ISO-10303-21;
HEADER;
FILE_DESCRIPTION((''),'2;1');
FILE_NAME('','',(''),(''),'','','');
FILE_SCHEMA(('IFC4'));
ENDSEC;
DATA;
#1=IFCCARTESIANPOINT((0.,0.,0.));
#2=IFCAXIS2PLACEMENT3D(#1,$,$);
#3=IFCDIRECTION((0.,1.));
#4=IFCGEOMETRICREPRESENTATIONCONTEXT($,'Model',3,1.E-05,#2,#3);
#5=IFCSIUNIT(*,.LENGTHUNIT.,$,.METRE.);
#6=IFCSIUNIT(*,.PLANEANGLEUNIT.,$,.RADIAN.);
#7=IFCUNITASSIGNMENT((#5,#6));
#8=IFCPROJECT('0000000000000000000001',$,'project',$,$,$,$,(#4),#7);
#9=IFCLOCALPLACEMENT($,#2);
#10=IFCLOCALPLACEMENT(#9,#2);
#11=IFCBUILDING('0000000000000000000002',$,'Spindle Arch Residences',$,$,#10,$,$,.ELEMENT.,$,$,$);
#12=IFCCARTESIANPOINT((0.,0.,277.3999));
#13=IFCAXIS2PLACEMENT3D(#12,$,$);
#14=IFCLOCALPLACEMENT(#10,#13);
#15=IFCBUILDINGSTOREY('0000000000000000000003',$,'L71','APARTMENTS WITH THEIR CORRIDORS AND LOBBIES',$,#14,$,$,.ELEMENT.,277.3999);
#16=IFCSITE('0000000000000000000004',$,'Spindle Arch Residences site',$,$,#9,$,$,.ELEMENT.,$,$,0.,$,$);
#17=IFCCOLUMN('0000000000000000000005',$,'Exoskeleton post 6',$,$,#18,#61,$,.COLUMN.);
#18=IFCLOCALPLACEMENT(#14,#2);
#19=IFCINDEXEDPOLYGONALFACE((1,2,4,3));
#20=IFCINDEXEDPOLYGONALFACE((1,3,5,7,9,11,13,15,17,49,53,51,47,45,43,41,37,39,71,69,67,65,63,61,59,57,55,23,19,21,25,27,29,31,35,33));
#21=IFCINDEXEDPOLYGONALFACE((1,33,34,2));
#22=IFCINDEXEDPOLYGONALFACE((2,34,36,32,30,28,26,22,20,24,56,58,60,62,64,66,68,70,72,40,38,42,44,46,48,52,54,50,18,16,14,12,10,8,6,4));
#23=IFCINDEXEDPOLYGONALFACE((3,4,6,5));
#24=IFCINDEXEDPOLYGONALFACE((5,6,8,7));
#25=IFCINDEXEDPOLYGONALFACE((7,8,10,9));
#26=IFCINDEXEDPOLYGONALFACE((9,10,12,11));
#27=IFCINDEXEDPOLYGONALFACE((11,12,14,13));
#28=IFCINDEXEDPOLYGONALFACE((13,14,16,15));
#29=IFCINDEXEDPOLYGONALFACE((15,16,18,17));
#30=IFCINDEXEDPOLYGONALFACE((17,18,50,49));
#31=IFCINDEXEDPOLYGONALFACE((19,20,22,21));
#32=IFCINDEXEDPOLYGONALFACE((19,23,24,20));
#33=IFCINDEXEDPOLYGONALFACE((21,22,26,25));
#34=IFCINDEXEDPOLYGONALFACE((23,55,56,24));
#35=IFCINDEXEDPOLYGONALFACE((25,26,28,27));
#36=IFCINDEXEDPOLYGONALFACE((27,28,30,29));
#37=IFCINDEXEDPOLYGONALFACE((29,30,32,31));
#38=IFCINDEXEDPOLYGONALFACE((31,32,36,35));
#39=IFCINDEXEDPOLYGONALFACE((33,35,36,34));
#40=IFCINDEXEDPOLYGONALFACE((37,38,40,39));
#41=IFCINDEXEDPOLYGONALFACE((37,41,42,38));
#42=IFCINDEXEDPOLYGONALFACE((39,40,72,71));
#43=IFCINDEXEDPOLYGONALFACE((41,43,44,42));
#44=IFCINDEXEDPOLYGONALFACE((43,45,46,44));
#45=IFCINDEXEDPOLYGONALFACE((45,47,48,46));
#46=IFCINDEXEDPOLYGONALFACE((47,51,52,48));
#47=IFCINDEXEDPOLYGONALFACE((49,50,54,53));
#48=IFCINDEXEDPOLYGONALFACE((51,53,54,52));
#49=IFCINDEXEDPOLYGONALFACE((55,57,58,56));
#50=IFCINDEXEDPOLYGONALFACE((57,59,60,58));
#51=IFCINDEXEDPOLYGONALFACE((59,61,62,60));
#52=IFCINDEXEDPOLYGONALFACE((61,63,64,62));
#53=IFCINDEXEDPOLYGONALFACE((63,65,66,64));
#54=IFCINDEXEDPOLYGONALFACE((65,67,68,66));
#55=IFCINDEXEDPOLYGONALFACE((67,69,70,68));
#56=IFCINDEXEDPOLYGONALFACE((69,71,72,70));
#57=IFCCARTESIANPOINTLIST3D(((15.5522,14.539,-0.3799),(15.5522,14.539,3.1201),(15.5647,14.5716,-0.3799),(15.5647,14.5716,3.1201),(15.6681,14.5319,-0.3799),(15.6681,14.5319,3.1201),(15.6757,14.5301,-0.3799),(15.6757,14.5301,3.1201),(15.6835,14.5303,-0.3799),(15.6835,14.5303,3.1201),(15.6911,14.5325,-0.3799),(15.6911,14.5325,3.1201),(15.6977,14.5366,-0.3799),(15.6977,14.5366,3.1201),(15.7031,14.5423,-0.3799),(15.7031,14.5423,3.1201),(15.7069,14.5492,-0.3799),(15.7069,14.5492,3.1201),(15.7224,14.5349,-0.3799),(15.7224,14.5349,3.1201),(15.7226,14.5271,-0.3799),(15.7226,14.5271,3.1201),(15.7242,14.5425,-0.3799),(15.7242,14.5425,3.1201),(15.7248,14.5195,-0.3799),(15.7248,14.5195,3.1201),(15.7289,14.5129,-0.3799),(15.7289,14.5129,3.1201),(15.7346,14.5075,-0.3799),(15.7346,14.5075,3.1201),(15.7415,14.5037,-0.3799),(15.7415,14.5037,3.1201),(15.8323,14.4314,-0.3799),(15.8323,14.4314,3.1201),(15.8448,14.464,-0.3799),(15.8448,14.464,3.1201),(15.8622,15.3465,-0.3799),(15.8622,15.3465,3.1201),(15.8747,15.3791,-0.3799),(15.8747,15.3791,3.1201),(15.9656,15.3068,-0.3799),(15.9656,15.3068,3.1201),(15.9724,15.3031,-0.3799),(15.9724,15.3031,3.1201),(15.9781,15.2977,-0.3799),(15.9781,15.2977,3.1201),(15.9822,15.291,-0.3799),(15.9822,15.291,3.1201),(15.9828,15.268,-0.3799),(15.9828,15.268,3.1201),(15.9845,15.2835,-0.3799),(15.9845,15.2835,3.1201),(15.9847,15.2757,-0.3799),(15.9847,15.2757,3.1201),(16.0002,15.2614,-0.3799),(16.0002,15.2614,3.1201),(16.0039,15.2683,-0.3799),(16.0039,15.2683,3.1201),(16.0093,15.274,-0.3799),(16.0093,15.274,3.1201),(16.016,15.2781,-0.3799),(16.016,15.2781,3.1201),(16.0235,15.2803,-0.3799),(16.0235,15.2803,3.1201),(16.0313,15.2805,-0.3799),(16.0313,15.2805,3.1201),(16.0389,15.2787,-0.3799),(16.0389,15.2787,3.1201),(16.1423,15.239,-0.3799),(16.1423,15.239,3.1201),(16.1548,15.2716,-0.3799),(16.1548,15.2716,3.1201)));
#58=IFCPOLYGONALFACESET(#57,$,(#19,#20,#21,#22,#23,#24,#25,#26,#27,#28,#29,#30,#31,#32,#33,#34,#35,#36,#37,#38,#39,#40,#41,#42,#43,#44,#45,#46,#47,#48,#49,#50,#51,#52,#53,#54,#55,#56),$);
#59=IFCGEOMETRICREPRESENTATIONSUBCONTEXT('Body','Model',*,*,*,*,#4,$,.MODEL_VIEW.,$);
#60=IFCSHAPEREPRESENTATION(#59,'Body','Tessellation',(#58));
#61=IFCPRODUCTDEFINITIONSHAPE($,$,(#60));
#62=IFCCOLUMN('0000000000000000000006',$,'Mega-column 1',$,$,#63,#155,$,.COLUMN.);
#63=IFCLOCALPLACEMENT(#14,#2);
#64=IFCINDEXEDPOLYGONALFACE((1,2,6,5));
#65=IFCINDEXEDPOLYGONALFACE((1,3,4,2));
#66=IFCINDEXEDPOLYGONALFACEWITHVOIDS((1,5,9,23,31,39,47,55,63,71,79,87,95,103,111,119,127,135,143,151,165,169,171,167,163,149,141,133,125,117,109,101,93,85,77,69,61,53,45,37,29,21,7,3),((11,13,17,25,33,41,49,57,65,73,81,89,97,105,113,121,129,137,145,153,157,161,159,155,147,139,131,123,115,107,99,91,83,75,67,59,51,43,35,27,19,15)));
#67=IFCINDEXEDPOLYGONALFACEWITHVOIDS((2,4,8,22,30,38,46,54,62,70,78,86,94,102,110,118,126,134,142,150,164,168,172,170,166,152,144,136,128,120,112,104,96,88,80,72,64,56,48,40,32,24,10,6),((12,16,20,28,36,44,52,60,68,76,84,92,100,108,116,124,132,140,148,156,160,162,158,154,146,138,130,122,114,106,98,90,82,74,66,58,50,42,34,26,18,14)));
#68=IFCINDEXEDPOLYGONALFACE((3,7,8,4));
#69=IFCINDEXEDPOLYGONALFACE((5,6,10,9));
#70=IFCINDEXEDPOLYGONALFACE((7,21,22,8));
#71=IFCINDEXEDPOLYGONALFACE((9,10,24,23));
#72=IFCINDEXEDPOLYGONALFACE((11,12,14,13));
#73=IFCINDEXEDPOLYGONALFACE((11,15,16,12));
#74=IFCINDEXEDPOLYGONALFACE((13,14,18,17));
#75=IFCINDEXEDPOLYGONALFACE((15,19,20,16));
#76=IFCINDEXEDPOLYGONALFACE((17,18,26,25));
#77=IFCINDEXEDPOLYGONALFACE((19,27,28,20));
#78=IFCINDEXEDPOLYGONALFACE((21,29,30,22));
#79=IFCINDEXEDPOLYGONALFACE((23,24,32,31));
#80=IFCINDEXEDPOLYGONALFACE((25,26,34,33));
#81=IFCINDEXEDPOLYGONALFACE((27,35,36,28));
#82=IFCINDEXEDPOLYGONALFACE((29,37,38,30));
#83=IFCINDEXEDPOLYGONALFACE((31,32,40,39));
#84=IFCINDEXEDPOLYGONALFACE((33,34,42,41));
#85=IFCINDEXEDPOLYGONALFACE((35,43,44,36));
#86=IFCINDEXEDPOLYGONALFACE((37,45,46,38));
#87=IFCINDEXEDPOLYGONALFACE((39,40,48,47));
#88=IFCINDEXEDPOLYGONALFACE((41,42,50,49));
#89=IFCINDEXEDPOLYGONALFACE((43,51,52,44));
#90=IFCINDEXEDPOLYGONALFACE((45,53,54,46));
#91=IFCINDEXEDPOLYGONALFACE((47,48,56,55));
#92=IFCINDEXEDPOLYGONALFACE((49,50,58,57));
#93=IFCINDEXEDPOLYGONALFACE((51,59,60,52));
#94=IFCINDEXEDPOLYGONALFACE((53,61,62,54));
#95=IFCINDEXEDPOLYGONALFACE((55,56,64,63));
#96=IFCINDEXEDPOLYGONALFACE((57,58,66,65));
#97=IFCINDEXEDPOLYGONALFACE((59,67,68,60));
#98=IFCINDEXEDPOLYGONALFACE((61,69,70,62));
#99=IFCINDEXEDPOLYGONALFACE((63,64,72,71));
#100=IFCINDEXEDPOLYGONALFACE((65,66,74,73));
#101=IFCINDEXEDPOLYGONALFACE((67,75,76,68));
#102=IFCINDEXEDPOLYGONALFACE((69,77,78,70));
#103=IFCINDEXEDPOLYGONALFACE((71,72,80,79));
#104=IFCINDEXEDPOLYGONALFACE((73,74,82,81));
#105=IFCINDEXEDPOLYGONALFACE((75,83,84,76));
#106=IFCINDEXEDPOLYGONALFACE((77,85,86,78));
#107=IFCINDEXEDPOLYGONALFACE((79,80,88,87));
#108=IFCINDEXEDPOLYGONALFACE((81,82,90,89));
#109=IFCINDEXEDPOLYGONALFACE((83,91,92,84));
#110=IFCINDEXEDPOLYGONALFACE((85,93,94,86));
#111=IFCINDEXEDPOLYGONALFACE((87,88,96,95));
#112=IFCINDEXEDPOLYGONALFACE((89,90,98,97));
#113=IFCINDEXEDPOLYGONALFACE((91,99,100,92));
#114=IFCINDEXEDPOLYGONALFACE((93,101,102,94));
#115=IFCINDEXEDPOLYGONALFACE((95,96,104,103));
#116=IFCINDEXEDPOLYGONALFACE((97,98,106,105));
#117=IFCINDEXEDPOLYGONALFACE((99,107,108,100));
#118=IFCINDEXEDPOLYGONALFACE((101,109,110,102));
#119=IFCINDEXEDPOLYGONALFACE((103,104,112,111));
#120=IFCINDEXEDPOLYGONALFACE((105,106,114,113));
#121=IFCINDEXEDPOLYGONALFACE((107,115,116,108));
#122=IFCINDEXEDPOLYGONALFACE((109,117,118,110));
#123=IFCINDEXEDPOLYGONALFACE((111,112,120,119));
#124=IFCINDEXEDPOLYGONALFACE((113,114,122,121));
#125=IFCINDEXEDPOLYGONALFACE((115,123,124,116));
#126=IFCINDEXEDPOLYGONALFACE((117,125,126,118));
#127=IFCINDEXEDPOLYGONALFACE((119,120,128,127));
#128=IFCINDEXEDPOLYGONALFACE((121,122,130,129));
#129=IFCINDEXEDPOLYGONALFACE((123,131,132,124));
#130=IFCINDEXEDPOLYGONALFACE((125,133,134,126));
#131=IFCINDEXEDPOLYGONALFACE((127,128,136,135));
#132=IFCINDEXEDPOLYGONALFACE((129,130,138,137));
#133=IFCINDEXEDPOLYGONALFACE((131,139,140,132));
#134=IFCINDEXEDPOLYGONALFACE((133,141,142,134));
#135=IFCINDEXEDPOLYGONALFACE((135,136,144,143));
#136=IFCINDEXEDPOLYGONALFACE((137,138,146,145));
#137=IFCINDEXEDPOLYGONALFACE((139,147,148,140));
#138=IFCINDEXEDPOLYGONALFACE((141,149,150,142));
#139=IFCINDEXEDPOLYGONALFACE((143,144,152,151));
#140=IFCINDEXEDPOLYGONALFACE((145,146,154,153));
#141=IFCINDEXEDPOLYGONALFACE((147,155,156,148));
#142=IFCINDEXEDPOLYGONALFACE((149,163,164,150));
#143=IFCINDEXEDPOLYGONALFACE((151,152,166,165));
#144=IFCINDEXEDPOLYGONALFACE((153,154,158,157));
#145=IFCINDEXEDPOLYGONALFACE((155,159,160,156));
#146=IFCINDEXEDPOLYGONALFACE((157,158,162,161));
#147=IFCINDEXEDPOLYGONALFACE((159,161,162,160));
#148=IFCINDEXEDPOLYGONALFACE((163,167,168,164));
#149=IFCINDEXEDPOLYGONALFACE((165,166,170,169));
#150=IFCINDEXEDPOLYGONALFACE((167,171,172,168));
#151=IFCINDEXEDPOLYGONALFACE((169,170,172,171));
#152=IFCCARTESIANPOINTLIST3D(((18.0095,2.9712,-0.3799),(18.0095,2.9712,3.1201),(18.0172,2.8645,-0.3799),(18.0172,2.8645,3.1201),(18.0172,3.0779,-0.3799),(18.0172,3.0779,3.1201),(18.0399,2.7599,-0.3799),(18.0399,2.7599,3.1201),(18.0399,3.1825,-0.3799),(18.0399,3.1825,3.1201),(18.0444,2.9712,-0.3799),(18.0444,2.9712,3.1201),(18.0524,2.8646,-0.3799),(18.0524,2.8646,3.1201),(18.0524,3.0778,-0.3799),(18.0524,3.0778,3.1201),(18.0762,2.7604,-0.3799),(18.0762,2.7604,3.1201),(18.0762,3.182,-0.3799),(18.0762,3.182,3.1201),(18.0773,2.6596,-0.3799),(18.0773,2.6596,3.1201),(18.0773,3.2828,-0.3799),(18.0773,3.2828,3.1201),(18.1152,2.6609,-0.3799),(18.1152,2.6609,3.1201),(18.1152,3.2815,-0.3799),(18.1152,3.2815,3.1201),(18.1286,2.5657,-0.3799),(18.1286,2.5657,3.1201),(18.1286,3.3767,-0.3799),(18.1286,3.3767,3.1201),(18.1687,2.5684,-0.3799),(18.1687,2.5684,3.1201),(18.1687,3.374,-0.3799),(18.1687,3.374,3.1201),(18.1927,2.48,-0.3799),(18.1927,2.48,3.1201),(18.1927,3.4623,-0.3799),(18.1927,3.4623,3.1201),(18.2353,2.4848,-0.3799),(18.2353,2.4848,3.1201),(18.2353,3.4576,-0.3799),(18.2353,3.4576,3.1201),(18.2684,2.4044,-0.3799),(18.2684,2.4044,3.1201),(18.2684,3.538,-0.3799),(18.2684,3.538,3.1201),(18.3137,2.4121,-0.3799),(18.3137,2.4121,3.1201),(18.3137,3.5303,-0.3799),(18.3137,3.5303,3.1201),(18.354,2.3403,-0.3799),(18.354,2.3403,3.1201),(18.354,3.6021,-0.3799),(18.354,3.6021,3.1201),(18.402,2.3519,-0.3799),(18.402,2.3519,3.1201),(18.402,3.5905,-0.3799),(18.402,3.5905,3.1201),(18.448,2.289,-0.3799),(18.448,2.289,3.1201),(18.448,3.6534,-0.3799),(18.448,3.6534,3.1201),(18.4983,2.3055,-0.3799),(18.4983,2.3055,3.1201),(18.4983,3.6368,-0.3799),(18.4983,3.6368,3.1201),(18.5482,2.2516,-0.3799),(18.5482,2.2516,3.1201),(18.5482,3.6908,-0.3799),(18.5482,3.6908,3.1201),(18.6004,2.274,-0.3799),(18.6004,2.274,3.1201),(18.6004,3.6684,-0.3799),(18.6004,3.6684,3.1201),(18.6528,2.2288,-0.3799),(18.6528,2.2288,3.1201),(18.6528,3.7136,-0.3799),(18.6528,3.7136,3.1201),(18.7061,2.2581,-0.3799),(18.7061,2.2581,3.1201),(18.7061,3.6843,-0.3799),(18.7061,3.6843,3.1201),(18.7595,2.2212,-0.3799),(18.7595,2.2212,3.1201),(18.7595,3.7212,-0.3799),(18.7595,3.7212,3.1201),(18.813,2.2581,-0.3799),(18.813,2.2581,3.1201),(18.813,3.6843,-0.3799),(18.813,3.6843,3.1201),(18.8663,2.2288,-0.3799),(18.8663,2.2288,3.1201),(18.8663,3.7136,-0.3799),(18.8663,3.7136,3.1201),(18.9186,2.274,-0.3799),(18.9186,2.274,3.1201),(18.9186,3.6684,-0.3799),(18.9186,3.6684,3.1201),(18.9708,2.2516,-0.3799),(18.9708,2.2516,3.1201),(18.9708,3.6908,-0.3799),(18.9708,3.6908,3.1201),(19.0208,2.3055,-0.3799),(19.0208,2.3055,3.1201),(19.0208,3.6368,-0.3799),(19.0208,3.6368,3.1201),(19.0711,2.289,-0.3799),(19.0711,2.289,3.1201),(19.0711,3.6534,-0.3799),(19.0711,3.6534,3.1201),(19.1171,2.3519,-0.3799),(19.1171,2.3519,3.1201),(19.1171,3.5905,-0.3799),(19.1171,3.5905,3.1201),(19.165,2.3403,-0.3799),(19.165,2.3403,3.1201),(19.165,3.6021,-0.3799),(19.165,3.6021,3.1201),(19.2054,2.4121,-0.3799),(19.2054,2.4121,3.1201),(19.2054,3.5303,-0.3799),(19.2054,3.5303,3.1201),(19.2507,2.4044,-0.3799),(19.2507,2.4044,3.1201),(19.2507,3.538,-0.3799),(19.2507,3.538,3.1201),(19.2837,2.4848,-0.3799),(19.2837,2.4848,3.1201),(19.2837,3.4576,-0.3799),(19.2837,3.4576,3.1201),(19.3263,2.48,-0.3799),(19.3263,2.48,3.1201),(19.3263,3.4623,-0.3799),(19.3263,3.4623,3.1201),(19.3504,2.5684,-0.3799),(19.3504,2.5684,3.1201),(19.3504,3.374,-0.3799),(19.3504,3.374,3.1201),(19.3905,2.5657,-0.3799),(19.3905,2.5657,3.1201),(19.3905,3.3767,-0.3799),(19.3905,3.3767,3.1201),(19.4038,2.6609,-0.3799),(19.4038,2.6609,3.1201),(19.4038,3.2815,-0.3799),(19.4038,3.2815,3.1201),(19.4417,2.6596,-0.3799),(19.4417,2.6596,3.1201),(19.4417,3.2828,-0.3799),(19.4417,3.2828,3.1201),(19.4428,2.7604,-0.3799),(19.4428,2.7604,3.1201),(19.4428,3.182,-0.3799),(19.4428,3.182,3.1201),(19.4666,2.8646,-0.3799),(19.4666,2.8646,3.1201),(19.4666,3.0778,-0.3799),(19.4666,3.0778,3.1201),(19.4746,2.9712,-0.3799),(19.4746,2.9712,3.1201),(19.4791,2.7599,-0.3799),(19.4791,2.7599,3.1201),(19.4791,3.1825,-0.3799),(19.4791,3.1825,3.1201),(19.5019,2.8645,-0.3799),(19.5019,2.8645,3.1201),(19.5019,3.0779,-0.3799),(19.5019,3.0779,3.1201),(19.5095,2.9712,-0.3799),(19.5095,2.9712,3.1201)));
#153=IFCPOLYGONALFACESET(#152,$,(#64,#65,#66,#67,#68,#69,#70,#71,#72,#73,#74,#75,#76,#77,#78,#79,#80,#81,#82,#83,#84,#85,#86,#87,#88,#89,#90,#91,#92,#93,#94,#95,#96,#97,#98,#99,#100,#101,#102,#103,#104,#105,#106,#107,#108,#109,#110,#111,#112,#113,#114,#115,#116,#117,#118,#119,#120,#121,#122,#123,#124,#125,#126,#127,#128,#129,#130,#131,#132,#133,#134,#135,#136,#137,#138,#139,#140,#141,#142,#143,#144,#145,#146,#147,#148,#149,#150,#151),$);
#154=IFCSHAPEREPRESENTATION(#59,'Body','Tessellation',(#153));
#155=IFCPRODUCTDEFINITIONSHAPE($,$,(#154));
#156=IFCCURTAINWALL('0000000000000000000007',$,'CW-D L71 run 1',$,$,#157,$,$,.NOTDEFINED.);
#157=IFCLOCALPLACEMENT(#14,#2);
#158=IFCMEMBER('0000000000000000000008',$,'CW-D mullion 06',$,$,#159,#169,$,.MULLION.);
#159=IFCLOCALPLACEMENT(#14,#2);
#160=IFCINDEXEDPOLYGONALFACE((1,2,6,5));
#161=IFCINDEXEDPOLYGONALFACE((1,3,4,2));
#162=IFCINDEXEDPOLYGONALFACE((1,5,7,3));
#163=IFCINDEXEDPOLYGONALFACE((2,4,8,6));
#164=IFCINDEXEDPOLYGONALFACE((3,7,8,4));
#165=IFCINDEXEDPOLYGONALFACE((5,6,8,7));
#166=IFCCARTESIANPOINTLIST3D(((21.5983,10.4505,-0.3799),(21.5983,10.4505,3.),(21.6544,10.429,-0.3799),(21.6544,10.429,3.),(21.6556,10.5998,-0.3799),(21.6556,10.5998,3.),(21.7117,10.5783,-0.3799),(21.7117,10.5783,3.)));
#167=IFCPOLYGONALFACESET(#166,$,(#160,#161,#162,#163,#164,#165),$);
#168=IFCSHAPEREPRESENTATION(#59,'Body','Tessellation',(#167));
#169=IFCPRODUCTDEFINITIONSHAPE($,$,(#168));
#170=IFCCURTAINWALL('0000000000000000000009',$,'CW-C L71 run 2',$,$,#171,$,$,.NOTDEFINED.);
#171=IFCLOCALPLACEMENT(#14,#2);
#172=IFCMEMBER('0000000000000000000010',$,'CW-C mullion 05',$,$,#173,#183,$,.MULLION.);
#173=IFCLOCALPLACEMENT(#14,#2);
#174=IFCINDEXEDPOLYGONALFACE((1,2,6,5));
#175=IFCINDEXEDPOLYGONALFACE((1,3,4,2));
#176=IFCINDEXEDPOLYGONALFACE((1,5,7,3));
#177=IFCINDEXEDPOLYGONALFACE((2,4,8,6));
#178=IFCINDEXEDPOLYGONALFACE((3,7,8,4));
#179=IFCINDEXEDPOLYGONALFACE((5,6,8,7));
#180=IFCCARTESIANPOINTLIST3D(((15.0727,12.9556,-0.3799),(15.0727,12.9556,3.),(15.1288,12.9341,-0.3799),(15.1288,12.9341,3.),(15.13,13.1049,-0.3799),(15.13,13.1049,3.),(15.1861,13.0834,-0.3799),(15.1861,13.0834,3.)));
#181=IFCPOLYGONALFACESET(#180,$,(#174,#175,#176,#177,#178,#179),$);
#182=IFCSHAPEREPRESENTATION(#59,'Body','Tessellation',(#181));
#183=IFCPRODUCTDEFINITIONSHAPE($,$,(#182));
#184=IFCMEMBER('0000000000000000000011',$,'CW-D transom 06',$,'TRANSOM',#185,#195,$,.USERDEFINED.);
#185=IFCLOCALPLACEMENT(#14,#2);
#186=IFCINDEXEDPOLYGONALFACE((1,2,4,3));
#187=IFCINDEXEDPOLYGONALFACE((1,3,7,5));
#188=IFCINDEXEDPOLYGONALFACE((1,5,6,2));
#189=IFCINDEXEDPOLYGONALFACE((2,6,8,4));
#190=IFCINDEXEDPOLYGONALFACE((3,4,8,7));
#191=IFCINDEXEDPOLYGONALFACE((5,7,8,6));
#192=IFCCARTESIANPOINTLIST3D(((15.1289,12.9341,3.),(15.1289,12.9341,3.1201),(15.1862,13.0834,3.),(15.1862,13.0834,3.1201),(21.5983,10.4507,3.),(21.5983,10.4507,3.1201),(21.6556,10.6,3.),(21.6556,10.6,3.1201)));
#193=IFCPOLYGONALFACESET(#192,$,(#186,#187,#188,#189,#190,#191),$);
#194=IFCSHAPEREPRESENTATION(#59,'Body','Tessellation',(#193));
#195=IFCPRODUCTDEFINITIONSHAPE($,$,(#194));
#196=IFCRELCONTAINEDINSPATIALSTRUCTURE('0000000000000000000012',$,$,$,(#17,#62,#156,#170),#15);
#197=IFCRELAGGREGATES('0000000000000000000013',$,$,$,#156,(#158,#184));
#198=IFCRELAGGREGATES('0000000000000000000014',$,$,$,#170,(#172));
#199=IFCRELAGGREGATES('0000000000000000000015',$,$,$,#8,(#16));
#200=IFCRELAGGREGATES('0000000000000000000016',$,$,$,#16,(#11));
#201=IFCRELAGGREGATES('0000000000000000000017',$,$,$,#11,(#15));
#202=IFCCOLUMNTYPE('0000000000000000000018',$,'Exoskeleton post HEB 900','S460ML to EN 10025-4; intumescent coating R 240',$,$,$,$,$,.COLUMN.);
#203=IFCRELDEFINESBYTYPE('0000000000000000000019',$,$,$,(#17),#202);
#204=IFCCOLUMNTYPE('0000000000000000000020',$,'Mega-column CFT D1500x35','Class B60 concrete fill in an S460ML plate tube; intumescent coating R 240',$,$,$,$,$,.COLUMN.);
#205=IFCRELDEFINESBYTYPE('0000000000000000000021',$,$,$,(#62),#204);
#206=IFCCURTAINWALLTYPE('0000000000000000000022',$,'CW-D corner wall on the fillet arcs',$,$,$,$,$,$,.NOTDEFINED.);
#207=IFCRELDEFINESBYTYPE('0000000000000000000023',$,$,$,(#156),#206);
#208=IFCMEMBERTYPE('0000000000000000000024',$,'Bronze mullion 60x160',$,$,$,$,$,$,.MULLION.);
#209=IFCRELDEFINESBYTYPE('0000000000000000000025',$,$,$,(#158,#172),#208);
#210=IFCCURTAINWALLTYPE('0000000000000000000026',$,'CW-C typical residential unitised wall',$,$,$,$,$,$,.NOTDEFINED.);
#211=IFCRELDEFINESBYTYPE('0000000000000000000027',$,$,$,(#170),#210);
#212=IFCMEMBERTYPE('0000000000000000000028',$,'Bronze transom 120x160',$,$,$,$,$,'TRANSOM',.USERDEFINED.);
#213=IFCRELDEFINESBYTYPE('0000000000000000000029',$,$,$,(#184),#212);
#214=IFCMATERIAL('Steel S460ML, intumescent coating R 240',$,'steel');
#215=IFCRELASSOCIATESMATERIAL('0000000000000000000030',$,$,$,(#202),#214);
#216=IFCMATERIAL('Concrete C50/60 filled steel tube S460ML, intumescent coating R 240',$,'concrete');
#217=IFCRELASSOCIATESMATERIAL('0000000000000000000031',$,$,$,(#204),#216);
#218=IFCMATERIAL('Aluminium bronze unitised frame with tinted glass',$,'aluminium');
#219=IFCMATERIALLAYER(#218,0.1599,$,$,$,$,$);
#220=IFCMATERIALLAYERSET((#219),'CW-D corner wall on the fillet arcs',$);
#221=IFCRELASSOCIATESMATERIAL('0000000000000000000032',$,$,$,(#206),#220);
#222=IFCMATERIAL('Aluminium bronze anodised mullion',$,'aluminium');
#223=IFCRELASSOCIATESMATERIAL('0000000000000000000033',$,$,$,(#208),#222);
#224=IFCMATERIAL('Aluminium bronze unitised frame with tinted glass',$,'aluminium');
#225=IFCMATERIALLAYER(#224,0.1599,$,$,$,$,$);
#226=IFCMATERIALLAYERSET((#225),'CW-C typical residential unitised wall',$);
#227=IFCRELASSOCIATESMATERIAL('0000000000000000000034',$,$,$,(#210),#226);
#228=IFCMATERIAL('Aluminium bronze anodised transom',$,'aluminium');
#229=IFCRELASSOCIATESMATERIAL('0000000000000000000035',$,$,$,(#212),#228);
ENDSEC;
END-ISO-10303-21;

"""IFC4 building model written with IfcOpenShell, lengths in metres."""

from ifc_helpers import new_model, si_unit, direction, frame, origin, origin_2d, place, context, subcontext, project, spatial, rectangle, hollow_circle, i_section, extrude, material, layer, layer_set, material_profile, profile_set, type_object, element, aggregate, save


model = new_model("IFC4")

# Units and contexts
model_context = context("Model", 3, precision=1e-05, world=origin(), true_north=direction((0.0, 1.0)))
body_context = subcontext(model_context, "Body", "Model", "MODEL_VIEW")
ifc_project = project(units=[si_unit("LENGTHUNIT", "METRE"), si_unit("PLANEANGLEUNIT", "RADIAN")], contexts=[model_context])

# Site, building, storey
site_placement = place(None, origin())
site = spatial("IfcSite", under=ifc_project, at=site_placement, Name="Spindle Arch Residences site", CompositionType="ELEMENT", RefElevation=0.0)
building_placement = place(site_placement, origin())
building = spatial("IfcBuilding", under=site, at=building_placement, Name="Spindle Arch Residences", CompositionType="ELEMENT")
storey_placement = place(building_placement, frame((0.0, 0.0, 277.3999)))
storey = spatial("IfcBuildingStorey", under=building, at=storey_placement, Name="L71", Description="APARTMENTS WITH THEIR CORRIDORS AND LOBBIES", CompositionType="ELEMENT", Elevation=277.3999)

# Columns
ifc_material_1 = material(Name="Steel S460ML, intumescent coating R 240", Category="steel")
ifc_material_profile_1 = material_profile(ifc_material_1, i_section(OverallWidth=0.3, OverallDepth=0.8999, WebThickness=0.0186, FlangeThickness=0.0349, FilletRadius=0.03, at=origin_2d()), Name="HEB 900")
ifc_profile_set_1 = profile_set([ifc_material_profile_1], Name="Steel S460ML, intumescent coating R 240")
column_type_1 = type_object("IfcColumnType", Name="Exoskeleton post HEB 900", Description="S460ML to EN 10025-4; intumescent coating R 240", PredefinedType="COLUMN", material=ifc_profile_set_1)
column_1_placement = place(storey_placement, frame((15.8535, 14.9053, -0.3799), z_axis=(0.0, 0.0, 1.0), x_axis=(0.93358, -0.358368, 0.0)))
element("IfcColumn", 1, at=column_1_placement, inside=storey, type_object=column_type_1, Name="Exoskeleton post 6", PredefinedType="COLUMN", context=body_context, shape_type="SweptSolid", body=[
    extrude(i_section(OverallWidth=0.3, OverallDepth=0.8999, WebThickness=0.0186, FlangeThickness=0.0349, FilletRadius=0.03, at=origin_2d()), origin(), (0.0, 0.0, 1.0), 3.5),
])
ifc_material_2 = material(Name="Concrete C50/60 filled steel tube S460ML, intumescent coating R 240", Category="concrete")
ifc_material_profile_2 = material_profile(ifc_material_2, hollow_circle(Radius=0.75, WallThickness=0.0349, at=origin_2d()), Name="CFT D1500x35")
ifc_profile_set_2 = profile_set([ifc_material_profile_2], Name="Concrete C50/60 filled steel tube S460ML, intumescent coating R 240")
column_type_2 = type_object("IfcColumnType", Name="Mega-column CFT D1500x35", Description="Class B60 concrete fill in an S460ML plate tube; intumescent coating R 240", PredefinedType="COLUMN", material=ifc_profile_set_2)
column_2_placement = place(storey_placement, frame((18.7595, 2.9712, -0.3799), z_axis=(0.0, 0.0, 1.0), x_axis=(1.0, 0.0, 0.0)))
element("IfcColumn", 2, at=column_2_placement, inside=storey, type_object=column_type_2, Name="Mega-column 1", PredefinedType="COLUMN", context=body_context, shape_type="SweptSolid", body=[
    extrude(hollow_circle(Radius=0.75, WallThickness=0.0349, at=origin_2d()), origin(), (0.0, 0.0, 1.0), 3.5),
])

# Curtain walls, members
ifc_material_3 = material(Name="Aluminium bronze unitised frame with tinted glass", Category="aluminium")
ifc_layer_1 = layer(ifc_material_3, 0.1599)
ifc_layer_set_1 = layer_set([ifc_layer_1], Name="CW-D corner wall on the fillet arcs")
curtain_wall_type_1 = type_object("IfcCurtainWallType", Name="CW-D corner wall on the fillet arcs", PredefinedType="NOTDEFINED", material=ifc_layer_set_1)
curtain_wall_1_placement = place(storey_placement, origin())
curtain_wall_1 = element("IfcCurtainWall", 3, at=curtain_wall_1_placement, inside=storey, type_object=curtain_wall_type_1, Name="CW-D L71 run 1", PredefinedType="NOTDEFINED")
ifc_material_4 = material(Name="Aluminium bronze anodised mullion", Category="aluminium")
ifc_material_profile_3 = material_profile(ifc_material_4, rectangle(XDim=0.1599, YDim=0.0601, at=origin_2d()), Name="MU 60x160")
ifc_profile_set_3 = profile_set([ifc_material_profile_3], Name="Aluminium bronze anodised mullion")
member_type_1 = type_object("IfcMemberType", Name="Bronze mullion 60x160", PredefinedType="MULLION", material=ifc_profile_set_3)
member_1_placement = place(storey_placement, frame((21.655, 10.5144, -0.3799), z_axis=(0.0, 0.0, 1.0), x_axis=(-0.358368, -0.93358, 0.0)))
member_1 = element("IfcMember", 4, at=member_1_placement, type_object=member_type_1, Name="CW-D mullion 06", PredefinedType="MULLION", context=body_context, shape_type="SweptSolid", body=[
    extrude(rectangle(XDim=0.1599, YDim=0.0601, at=origin_2d()), origin(), (0.0, 0.0, 1.0), 3.3799),
])
ifc_material_5 = material(Name="Aluminium bronze unitised frame with tinted glass", Category="aluminium")
ifc_layer_2 = layer(ifc_material_5, 0.1599)
ifc_layer_set_2 = layer_set([ifc_layer_2], Name="CW-C typical residential unitised wall")
curtain_wall_type_2 = type_object("IfcCurtainWallType", Name="CW-C typical residential unitised wall", PredefinedType="NOTDEFINED", material=ifc_layer_set_2)
curtain_wall_2_placement = place(storey_placement, origin())
curtain_wall_2 = element("IfcCurtainWall", 5, at=curtain_wall_2_placement, inside=storey, type_object=curtain_wall_type_2, Name="CW-C L71 run 2", PredefinedType="NOTDEFINED")
member_2_placement = place(storey_placement, frame((15.1294, 13.0195, -0.3799), z_axis=(0.0, 0.0, 1.0), x_axis=(-0.358368, -0.93358, 0.0)))
member_2 = element("IfcMember", 6, at=member_2_placement, type_object=member_type_1, Name="CW-C mullion 05", PredefinedType="MULLION", context=body_context, shape_type="SweptSolid", body=[
    extrude(rectangle(XDim=0.1599, YDim=0.0601, at=origin_2d()), origin(), (0.0, 0.0, 1.0), 3.3799),
])

# Member
ifc_material_6 = material(Name="Aluminium bronze anodised transom", Category="aluminium")
ifc_material_profile_4 = material_profile(ifc_material_6, rectangle(XDim=0.1599, YDim=0.1201, at=origin_2d()), Name="TR 120x160")
ifc_profile_set_4 = profile_set([ifc_material_profile_4], Name="Aluminium bronze anodised transom")
member_type_2 = type_object("IfcMemberType", Name="Bronze transom 120x160", ElementType="TRANSOM", PredefinedType="USERDEFINED", material=ifc_profile_set_4)
member_3_placement = place(storey_placement, frame((21.627, 10.5254, 3.0601), z_axis=(-0.933581, 0.358368, 0.0), x_axis=(-0.358368, -0.933581, 0.0)))
member_3 = element("IfcMember", 7, at=member_3_placement, type_object=member_type_2, Name="CW-D transom 06", ObjectType="TRANSOM", PredefinedType="USERDEFINED", context=body_context, shape_type="SweptSolid", body=[
    extrude(rectangle(XDim=0.1599, YDim=0.1201, at=origin_2d()), origin(), (0.0, 0.0, 1.0), 6.9297),
])

aggregate(curtain_wall_1, [member_1, member_3])
aggregate(curtain_wall_2, [member_2])

save(model, "model.ifc")
